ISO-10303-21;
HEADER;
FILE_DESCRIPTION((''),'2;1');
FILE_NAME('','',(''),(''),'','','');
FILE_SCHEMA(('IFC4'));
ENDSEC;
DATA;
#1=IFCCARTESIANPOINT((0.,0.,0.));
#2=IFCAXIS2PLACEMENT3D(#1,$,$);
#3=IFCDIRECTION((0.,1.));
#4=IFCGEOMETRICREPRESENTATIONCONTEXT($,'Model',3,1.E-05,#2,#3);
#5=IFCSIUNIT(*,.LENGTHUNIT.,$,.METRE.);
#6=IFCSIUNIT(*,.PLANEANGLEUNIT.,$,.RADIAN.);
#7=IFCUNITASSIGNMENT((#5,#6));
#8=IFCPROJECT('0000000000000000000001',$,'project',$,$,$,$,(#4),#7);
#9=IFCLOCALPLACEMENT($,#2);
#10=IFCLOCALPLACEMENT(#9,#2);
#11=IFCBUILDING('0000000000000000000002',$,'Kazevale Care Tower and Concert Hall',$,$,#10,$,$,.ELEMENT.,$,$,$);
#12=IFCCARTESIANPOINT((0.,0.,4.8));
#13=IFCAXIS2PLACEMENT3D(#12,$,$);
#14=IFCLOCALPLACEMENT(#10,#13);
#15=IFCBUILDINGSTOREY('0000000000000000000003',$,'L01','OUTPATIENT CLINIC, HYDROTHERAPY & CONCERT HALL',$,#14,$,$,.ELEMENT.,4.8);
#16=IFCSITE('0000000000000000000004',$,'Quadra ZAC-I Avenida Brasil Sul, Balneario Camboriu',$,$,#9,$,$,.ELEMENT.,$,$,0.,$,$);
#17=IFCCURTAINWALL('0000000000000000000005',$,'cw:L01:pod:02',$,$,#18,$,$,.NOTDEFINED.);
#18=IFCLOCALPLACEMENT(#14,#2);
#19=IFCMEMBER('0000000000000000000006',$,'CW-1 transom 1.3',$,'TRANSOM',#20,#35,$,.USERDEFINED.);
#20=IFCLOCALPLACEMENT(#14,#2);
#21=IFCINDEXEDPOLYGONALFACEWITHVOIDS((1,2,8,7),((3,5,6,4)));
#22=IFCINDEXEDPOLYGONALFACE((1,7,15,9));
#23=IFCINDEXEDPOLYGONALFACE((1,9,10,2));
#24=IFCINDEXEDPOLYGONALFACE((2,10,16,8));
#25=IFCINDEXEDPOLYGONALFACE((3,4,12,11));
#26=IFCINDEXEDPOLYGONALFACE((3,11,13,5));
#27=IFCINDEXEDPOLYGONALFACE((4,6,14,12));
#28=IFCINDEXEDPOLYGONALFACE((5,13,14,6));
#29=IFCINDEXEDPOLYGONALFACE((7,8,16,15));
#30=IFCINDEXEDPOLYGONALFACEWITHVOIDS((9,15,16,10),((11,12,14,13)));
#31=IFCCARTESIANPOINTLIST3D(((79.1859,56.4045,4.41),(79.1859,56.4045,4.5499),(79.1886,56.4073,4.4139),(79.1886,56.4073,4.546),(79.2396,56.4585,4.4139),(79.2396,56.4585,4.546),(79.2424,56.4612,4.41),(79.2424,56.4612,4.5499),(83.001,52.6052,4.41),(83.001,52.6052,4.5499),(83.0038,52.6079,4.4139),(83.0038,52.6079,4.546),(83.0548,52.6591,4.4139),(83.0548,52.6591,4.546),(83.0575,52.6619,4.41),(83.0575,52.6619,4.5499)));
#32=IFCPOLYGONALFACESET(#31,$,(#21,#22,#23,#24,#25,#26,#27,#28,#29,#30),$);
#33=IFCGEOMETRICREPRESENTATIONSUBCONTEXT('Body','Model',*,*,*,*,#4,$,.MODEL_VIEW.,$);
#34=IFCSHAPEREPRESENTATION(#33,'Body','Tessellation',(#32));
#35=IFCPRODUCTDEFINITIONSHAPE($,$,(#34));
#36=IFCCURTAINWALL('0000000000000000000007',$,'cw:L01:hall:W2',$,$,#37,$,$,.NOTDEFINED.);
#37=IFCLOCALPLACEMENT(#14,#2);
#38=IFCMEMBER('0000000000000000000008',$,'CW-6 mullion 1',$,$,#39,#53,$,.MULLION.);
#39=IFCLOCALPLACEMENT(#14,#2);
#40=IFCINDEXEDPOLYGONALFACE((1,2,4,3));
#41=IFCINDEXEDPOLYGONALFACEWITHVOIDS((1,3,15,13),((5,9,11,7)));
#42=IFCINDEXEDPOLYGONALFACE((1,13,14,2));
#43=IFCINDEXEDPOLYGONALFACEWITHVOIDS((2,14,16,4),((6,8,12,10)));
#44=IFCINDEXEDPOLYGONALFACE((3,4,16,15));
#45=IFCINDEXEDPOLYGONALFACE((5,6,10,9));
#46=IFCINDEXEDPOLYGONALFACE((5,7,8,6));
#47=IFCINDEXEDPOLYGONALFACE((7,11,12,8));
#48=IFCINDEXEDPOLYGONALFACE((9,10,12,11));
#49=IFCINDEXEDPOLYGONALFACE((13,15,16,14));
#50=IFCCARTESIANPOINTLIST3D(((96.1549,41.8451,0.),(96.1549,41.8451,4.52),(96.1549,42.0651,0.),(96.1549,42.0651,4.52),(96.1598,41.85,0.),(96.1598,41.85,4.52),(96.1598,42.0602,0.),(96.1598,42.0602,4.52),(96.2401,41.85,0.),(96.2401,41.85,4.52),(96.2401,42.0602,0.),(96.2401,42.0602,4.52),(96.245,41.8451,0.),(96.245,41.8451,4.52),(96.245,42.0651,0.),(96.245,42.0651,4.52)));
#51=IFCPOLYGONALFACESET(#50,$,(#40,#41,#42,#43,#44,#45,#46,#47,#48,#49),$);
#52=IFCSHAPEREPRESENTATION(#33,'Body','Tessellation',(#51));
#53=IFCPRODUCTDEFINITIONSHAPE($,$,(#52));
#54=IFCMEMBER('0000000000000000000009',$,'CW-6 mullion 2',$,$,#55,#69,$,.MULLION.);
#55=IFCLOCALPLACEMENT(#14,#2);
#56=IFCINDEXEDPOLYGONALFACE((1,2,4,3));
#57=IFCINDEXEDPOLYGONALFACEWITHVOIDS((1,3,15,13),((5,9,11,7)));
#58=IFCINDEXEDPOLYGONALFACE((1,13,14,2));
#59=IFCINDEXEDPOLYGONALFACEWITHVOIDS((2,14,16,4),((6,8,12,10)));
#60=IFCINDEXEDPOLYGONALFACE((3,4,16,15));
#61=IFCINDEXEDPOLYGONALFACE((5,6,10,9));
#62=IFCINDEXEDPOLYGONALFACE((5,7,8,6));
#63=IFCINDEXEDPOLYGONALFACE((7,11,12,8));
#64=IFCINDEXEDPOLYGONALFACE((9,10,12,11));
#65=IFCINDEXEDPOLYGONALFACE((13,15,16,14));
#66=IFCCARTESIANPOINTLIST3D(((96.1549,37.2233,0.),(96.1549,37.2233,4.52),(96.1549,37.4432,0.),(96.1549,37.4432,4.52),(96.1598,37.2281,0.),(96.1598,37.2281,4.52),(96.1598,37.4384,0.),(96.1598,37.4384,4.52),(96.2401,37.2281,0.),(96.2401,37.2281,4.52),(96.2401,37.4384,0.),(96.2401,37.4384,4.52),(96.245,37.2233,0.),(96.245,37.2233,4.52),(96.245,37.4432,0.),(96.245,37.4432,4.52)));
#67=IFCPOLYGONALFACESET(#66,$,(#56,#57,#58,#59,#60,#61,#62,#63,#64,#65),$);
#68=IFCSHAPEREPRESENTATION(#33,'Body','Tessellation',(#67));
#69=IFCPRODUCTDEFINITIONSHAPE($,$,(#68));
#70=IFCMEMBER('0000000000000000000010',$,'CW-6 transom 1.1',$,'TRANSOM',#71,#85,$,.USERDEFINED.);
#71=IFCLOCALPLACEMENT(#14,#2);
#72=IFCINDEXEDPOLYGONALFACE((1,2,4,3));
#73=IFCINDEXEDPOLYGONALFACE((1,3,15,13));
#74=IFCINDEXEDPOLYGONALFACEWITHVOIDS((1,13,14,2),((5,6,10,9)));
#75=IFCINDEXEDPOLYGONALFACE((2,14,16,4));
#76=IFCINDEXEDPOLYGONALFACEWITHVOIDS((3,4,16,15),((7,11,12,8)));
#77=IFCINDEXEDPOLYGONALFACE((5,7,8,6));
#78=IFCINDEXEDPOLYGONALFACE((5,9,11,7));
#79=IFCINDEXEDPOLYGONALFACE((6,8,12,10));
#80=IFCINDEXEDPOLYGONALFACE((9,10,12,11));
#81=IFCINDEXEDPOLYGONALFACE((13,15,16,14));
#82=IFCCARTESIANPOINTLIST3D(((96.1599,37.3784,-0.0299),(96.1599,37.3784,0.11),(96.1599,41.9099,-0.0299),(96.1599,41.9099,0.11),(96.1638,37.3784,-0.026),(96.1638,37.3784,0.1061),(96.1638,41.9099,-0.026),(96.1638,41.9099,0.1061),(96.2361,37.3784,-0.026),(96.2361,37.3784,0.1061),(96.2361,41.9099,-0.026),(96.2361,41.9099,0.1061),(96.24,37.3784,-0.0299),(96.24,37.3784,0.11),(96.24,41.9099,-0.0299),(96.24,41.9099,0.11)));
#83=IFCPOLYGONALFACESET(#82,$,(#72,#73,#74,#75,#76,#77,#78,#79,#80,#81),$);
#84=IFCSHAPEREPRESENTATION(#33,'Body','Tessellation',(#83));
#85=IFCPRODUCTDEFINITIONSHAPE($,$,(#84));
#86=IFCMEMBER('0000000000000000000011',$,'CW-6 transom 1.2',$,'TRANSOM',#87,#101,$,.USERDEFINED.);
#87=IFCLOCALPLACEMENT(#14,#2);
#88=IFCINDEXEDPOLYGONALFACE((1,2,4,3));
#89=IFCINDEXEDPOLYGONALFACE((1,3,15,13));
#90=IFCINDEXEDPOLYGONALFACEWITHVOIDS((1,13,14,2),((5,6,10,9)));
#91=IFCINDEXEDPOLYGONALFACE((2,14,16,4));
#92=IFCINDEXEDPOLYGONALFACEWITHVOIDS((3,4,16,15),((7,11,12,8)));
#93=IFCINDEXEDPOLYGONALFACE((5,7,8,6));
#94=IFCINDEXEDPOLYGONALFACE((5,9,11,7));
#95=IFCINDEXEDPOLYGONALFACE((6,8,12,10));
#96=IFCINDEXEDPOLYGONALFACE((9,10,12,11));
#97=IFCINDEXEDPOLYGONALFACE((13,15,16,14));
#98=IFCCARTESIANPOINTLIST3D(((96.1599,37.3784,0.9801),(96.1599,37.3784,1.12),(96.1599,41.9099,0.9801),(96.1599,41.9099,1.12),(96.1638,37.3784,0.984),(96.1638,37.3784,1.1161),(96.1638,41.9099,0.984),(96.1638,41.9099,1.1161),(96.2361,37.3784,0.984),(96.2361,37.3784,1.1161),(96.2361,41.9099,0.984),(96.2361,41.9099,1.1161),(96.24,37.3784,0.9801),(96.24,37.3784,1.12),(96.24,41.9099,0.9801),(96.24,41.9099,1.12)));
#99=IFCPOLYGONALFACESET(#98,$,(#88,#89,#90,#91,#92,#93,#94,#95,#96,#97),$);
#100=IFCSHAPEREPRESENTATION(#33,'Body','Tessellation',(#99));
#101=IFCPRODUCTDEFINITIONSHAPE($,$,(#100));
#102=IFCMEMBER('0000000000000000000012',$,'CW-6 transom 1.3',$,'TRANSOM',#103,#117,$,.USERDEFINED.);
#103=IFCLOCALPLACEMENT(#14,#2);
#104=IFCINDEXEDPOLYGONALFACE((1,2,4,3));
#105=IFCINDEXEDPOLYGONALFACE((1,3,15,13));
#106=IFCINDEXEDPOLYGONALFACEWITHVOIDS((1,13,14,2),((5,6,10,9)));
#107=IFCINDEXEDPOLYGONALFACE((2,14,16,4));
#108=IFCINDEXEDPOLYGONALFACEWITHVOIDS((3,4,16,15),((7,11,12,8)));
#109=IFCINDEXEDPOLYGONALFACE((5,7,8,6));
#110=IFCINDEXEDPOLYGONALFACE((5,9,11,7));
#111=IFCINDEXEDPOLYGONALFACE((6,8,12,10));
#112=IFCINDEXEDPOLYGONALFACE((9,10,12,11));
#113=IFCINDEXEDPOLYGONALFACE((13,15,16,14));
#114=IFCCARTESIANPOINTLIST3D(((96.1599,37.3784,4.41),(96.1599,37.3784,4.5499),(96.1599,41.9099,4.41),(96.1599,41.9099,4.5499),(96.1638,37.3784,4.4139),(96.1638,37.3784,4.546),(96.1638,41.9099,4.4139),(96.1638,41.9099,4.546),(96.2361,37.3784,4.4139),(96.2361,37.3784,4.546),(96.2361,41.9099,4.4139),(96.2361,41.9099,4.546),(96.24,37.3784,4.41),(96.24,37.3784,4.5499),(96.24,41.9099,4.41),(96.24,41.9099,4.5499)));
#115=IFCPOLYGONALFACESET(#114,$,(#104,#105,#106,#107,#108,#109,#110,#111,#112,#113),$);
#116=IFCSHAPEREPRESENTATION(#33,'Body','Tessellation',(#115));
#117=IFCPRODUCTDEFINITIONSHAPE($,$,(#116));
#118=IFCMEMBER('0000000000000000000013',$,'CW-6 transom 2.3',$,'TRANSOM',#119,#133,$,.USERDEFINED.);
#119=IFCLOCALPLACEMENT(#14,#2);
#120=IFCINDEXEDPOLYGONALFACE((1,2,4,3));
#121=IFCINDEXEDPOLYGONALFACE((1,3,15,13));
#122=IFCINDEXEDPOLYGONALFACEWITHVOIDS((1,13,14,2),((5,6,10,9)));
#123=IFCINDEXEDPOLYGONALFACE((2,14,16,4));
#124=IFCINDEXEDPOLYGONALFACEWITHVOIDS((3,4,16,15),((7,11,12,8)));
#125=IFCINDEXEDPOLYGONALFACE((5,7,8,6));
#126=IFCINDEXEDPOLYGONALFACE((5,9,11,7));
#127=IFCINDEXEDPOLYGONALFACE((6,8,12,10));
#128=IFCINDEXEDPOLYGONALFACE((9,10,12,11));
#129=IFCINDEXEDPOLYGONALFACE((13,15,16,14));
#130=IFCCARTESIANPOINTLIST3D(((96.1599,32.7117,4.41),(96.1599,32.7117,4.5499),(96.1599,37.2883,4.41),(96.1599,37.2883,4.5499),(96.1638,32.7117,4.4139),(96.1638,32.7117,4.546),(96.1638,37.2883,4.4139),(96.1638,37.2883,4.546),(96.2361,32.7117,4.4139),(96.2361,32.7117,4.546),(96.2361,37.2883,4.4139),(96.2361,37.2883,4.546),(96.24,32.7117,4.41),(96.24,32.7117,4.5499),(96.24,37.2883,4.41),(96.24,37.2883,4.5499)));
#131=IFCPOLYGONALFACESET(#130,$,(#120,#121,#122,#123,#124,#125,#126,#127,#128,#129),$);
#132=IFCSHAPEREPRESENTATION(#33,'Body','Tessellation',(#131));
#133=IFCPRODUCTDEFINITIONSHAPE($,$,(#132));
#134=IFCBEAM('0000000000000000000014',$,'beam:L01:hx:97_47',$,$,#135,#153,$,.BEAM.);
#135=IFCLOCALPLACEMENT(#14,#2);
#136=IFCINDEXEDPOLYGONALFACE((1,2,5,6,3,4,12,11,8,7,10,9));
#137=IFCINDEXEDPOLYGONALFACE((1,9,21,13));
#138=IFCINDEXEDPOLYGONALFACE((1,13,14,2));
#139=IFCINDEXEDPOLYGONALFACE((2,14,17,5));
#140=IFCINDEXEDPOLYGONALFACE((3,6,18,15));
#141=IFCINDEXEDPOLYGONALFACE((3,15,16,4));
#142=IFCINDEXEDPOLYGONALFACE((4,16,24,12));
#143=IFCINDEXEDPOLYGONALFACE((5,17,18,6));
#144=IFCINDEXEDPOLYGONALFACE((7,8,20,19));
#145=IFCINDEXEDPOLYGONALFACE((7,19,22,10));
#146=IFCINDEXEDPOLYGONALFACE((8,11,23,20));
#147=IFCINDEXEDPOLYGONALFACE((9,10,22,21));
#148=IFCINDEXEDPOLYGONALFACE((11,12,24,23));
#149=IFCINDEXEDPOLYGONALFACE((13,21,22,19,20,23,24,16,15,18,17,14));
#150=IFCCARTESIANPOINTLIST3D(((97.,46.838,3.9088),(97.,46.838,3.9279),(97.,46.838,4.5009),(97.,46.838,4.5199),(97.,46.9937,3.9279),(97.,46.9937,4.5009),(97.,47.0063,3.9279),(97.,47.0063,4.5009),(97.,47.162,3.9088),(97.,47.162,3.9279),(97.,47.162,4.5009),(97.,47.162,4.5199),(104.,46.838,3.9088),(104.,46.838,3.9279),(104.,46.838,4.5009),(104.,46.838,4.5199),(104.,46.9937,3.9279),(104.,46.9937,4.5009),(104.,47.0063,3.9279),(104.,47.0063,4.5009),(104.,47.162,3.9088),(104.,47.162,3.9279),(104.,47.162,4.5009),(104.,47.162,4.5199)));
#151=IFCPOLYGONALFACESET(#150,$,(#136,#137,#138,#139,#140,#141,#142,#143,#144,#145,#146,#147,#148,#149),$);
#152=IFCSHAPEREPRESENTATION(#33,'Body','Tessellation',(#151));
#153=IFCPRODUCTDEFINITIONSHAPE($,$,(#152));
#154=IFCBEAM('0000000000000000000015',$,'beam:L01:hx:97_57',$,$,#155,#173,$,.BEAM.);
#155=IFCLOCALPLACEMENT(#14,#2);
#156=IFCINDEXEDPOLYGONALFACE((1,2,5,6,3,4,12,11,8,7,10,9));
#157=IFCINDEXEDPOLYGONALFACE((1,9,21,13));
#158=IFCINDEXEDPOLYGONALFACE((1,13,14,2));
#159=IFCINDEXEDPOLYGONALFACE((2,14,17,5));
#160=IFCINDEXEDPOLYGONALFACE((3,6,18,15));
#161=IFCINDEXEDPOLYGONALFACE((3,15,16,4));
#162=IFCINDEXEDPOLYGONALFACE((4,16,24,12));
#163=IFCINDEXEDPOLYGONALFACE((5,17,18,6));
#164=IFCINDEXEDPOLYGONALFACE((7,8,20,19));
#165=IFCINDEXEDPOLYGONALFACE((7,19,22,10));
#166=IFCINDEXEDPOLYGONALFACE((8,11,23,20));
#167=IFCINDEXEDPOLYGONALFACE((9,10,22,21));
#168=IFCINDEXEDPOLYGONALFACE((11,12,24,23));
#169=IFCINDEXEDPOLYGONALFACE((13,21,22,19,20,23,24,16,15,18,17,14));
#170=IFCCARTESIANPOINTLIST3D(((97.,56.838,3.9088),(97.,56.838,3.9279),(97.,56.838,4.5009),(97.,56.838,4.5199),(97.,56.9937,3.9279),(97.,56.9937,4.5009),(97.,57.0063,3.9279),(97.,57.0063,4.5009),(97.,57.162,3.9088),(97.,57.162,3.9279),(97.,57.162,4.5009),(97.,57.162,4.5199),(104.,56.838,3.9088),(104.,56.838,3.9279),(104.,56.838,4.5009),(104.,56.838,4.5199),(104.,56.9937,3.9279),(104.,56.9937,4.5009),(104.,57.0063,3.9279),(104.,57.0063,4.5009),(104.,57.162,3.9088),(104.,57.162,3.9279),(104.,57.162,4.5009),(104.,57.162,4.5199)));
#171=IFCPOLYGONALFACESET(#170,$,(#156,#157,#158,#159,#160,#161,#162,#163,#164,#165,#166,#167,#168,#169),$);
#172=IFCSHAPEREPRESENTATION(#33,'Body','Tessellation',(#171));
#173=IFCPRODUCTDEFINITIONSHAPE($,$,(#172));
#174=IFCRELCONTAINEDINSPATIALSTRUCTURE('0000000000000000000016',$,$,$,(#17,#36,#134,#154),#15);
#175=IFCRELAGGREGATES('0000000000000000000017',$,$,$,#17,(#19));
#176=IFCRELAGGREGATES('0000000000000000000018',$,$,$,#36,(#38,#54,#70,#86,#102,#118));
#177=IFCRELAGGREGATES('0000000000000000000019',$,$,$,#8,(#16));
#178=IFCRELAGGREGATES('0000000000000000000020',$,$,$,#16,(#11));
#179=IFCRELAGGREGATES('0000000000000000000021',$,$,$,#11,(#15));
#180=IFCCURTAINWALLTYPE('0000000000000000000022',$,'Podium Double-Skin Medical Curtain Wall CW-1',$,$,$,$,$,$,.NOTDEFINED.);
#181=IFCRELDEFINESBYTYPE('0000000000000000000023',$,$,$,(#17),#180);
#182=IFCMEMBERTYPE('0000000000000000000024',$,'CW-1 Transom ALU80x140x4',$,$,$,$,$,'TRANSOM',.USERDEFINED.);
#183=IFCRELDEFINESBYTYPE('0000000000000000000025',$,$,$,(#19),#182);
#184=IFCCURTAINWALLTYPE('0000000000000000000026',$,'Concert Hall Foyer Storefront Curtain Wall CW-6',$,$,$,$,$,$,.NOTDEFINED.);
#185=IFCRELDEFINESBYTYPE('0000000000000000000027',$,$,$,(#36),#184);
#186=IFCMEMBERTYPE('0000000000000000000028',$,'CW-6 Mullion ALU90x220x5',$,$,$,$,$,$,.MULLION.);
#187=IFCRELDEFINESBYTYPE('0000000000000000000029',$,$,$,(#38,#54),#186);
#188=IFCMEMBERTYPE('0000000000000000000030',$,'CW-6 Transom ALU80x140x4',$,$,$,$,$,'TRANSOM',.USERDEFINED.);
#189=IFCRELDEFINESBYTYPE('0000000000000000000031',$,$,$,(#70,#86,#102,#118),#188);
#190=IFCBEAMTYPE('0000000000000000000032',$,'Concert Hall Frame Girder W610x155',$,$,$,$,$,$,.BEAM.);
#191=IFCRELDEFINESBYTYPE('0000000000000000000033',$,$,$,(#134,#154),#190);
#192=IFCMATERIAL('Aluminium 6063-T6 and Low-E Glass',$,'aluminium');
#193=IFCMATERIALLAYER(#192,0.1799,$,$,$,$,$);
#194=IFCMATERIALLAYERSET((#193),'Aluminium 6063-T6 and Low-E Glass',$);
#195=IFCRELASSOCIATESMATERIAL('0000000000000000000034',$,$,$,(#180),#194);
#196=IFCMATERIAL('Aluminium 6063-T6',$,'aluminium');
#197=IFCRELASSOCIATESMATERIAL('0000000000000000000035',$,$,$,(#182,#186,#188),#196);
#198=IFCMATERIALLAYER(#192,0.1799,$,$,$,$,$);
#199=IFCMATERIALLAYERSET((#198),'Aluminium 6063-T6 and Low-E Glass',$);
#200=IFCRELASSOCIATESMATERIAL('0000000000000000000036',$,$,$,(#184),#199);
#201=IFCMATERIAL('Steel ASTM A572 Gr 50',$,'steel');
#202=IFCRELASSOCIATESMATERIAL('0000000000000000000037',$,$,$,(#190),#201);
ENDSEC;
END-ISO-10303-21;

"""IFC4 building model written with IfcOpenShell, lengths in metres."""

from ifc_helpers import new_model, si_unit, direction, frame, origin, origin_2d, place, context, subcontext, project, spatial, hollow_rectangle, i_section, extrude, material, layer, layer_set, material_profile, profile_set, type_object, element, aggregate, save


model = new_model("IFC4")

# Units and contexts
model_context = context("Model", 3, precision=1e-05, world=origin(), true_north=direction((0.0, 1.0)))
body_context = subcontext(model_context, "Body", "Model", "MODEL_VIEW")
ifc_project = project(units=[si_unit("LENGTHUNIT", "METRE"), si_unit("PLANEANGLEUNIT", "RADIAN")], contexts=[model_context])

# Site, building, storey
site_placement = place(None, origin())
site = spatial("IfcSite", under=ifc_project, at=site_placement, Name="Quadra ZAC-I Avenida Brasil Sul, Balneario Camboriu", CompositionType="ELEMENT", RefElevation=0.0)
building_placement = place(site_placement, origin())
building = spatial("IfcBuilding", under=site, at=building_placement, Name="Kazevale Care Tower and Concert Hall", CompositionType="ELEMENT")
storey_placement = place(building_placement, frame((0.0, 0.0, 4.8)))
storey = spatial("IfcBuildingStorey", under=building, at=storey_placement, Name="L01", Description="OUTPATIENT CLINIC, HYDROTHERAPY & CONCERT HALL", CompositionType="ELEMENT", Elevation=4.8)

# Curtain walls, members
ifc_material_1 = material(Name="Aluminium 6063-T6 and Low-E Glass", Category="aluminium")
ifc_layer_1 = layer(ifc_material_1, 0.1799)
ifc_layer_set_1 = layer_set([ifc_layer_1], Name="Aluminium 6063-T6 and Low-E Glass")
curtain_wall_type_1 = type_object("IfcCurtainWallType", Name="Podium Double-Skin Medical Curtain Wall CW-1", PredefinedType="NOTDEFINED", material=ifc_layer_set_1)
curtain_wall_1_placement = place(storey_placement, origin())
curtain_wall_1 = element("IfcCurtainWall", 1, at=curtain_wall_1_placement, inside=storey, type_object=curtain_wall_type_1, Name="cw:L01:pod:02", PredefinedType="NOTDEFINED")
ifc_material_2 = material(Name="Aluminium 6063-T6", Category="aluminium")
ifc_material_profile_1 = material_profile(ifc_material_2, hollow_rectangle(XDim=0.0801, YDim=0.1399, WallThickness=0.0039, at=origin_2d()), Name="ALU80x140x4")
ifc_profile_set_1 = profile_set([ifc_material_profile_1], Name="Aluminium 6063-T6")
member_type_1 = type_object("IfcMemberType", Name="CW-1 Transom ALU80x140x4", ElementType="TRANSOM", PredefinedType="USERDEFINED", material=ifc_profile_set_1)
member_1_placement = place(storey_placement, frame((83.0293, 52.6335, 4.48), z_axis=(-0.708579, 0.705632, 0.0), x_axis=(-0.705632, -0.708579, 0.0)))
member_1 = element("IfcMember", 2, at=member_1_placement, type_object=member_type_1, Name="CW-1 transom 1.3", ObjectType="TRANSOM", PredefinedType="USERDEFINED", context=body_context, shape_type="SweptSolid", body=[
    extrude(hollow_rectangle(XDim=0.0801, YDim=0.1399, WallThickness=0.0039, at=origin_2d()), origin(), (0.0, 0.0, 1.0), 5.3843),
])
aggregate(curtain_wall_1, [member_1])
ifc_layer_2 = layer(ifc_material_1, 0.1799)
ifc_layer_set_2 = layer_set([ifc_layer_2], Name="Aluminium 6063-T6 and Low-E Glass")
curtain_wall_type_2 = type_object("IfcCurtainWallType", Name="Concert Hall Foyer Storefront Curtain Wall CW-6", PredefinedType="NOTDEFINED", material=ifc_layer_set_2)
curtain_wall_2_placement = place(storey_placement, origin())
curtain_wall_2 = element("IfcCurtainWall", 3, at=curtain_wall_2_placement, inside=storey, type_object=curtain_wall_type_2, Name="cw:L01:hall:W2", PredefinedType="NOTDEFINED")
ifc_material_profile_2 = material_profile(ifc_material_2, hollow_rectangle(XDim=0.0901, YDim=0.22, WallThickness=0.0049, at=origin_2d()), Name="ALU90x220x5")
ifc_profile_set_2 = profile_set([ifc_material_profile_2], Name="Aluminium 6063-T6")
member_type_2 = type_object("IfcMemberType", Name="CW-6 Mullion ALU90x220x5", PredefinedType="MULLION", material=ifc_profile_set_2)
member_2_placement = place(storey_placement, frame((96.2, 41.9551, 0.0), z_axis=(0.0, 0.0, 1.0), x_axis=(1.0, 0.0, 0.0)))
member_2 = element("IfcMember", 4, at=member_2_placement, type_object=member_type_2, Name="CW-6 mullion 1", PredefinedType="MULLION", context=body_context, shape_type="SweptSolid", body=[
    extrude(hollow_rectangle(XDim=0.0901, YDim=0.22, WallThickness=0.0049, at=origin_2d()), origin(), (0.0, 0.0, 1.0), 4.52),
])
member_3_placement = place(storey_placement, frame((96.2, 37.3333, 0.0), z_axis=(0.0, 0.0, 1.0), x_axis=(1.0, 0.0, 0.0)))
member_3 = element("IfcMember", 5, at=member_3_placement, type_object=member_type_2, Name="CW-6 mullion 2", PredefinedType="MULLION", context=body_context, shape_type="SweptSolid", body=[
    extrude(hollow_rectangle(XDim=0.0901, YDim=0.22, WallThickness=0.0049, at=origin_2d()), origin(), (0.0, 0.0, 1.0), 4.52),
])
ifc_material_profile_3 = material_profile(ifc_material_2, hollow_rectangle(XDim=0.0801, YDim=0.1399, WallThickness=0.0039, at=origin_2d()), Name="ALU80x140x4")
ifc_profile_set_3 = profile_set([ifc_material_profile_3], Name="Aluminium 6063-T6")
member_type_3 = type_object("IfcMemberType", Name="CW-6 Transom ALU80x140x4", ElementType="TRANSOM", PredefinedType="USERDEFINED", material=ifc_profile_set_3)
member_4_placement = place(storey_placement, frame((96.2, 41.9099, 0.04), z_axis=(0.0, -1.0, 0.0), x_axis=(1.0, 0.0, 0.0)))
member_4 = element("IfcMember", 6, at=member_4_placement, type_object=member_type_3, Name="CW-6 transom 1.1", ObjectType="TRANSOM", PredefinedType="USERDEFINED", context=body_context, shape_type="SweptSolid", body=[
    extrude(hollow_rectangle(XDim=0.0801, YDim=0.1399, WallThickness=0.0039, at=origin_2d()), origin(), (0.0, 0.0, 1.0), 4.5315),
])
member_5_placement = place(storey_placement, frame((96.2, 41.9099, 1.05), z_axis=(0.0, -1.0, 0.0), x_axis=(1.0, 0.0, 0.0)))
member_5 = element("IfcMember", 7, at=member_5_placement, type_object=member_type_3, Name="CW-6 transom 1.2", ObjectType="TRANSOM", PredefinedType="USERDEFINED", context=body_context, shape_type="SweptSolid", body=[
    extrude(hollow_rectangle(XDim=0.0801, YDim=0.1399, WallThickness=0.0039, at=origin_2d()), origin(), (0.0, 0.0, 1.0), 4.5315),
])
member_6_placement = place(storey_placement, frame((96.2, 41.9099, 4.48), z_axis=(0.0, -1.0, 0.0), x_axis=(1.0, 0.0, 0.0)))
member_6 = element("IfcMember", 8, at=member_6_placement, type_object=member_type_3, Name="CW-6 transom 1.3", ObjectType="TRANSOM", PredefinedType="USERDEFINED", context=body_context, shape_type="SweptSolid", body=[
    extrude(hollow_rectangle(XDim=0.0801, YDim=0.1399, WallThickness=0.0039, at=origin_2d()), origin(), (0.0, 0.0, 1.0), 4.5315),
])
member_7_placement = place(storey_placement, frame((96.2, 37.2883, 4.48), z_axis=(0.0, -1.0, 0.0), x_axis=(1.0, 0.0, 0.0)))
member_7 = element("IfcMember", 9, at=member_7_placement, type_object=member_type_3, Name="CW-6 transom 2.3", ObjectType="TRANSOM", PredefinedType="USERDEFINED", context=body_context, shape_type="SweptSolid", body=[
    extrude(hollow_rectangle(XDim=0.0801, YDim=0.1399, WallThickness=0.0039, at=origin_2d()), origin(), (0.0, 0.0, 1.0), 4.5767),
])

# Beams
ifc_material_3 = material(Name="Steel ASTM A572 Gr 50", Category="steel")
ifc_material_profile_4 = material_profile(ifc_material_3, i_section(OverallWidth=0.324, OverallDepth=0.6111, WebThickness=0.0127, FlangeThickness=0.019, at=origin_2d()), Name="W610x155")
ifc_profile_set_4 = profile_set([ifc_material_profile_4], Name="Steel ASTM A572 Gr 50")
beam_type_1 = type_object("IfcBeamType", Name="Concert Hall Frame Girder W610x155", PredefinedType="BEAM", material=ifc_profile_set_4)
for number, where, z_axis, x_axis, name in (
    (10, (97.0, 47.0, 4.2144), (1.0, 0.0, 0.0), (0.0, 1.0, 0.0), "beam:L01:hx:97_47"),
    (11, (97.0, 57.0, 4.2144), (1.0, 0.0, 0.0), (0.0, 1.0, 0.0), "beam:L01:hx:97_57"),
):
    element("IfcBeam", number, at=place(storey_placement, frame(where, z_axis=z_axis, x_axis=x_axis)), inside=storey, type_object=beam_type_1, Name=name, PredefinedType="BEAM", context=body_context, shape_type="SweptSolid", body=[
        extrude(i_section(OverallWidth=0.324, OverallDepth=0.6111, WebThickness=0.0127, FlangeThickness=0.019, at=origin_2d()), origin(), (0.0, 0.0, 1.0), 7.0),
    ])

aggregate(curtain_wall_2, [member_2, member_3, member_4, member_5, member_6, member_7])

save(model, "model.ifc")
